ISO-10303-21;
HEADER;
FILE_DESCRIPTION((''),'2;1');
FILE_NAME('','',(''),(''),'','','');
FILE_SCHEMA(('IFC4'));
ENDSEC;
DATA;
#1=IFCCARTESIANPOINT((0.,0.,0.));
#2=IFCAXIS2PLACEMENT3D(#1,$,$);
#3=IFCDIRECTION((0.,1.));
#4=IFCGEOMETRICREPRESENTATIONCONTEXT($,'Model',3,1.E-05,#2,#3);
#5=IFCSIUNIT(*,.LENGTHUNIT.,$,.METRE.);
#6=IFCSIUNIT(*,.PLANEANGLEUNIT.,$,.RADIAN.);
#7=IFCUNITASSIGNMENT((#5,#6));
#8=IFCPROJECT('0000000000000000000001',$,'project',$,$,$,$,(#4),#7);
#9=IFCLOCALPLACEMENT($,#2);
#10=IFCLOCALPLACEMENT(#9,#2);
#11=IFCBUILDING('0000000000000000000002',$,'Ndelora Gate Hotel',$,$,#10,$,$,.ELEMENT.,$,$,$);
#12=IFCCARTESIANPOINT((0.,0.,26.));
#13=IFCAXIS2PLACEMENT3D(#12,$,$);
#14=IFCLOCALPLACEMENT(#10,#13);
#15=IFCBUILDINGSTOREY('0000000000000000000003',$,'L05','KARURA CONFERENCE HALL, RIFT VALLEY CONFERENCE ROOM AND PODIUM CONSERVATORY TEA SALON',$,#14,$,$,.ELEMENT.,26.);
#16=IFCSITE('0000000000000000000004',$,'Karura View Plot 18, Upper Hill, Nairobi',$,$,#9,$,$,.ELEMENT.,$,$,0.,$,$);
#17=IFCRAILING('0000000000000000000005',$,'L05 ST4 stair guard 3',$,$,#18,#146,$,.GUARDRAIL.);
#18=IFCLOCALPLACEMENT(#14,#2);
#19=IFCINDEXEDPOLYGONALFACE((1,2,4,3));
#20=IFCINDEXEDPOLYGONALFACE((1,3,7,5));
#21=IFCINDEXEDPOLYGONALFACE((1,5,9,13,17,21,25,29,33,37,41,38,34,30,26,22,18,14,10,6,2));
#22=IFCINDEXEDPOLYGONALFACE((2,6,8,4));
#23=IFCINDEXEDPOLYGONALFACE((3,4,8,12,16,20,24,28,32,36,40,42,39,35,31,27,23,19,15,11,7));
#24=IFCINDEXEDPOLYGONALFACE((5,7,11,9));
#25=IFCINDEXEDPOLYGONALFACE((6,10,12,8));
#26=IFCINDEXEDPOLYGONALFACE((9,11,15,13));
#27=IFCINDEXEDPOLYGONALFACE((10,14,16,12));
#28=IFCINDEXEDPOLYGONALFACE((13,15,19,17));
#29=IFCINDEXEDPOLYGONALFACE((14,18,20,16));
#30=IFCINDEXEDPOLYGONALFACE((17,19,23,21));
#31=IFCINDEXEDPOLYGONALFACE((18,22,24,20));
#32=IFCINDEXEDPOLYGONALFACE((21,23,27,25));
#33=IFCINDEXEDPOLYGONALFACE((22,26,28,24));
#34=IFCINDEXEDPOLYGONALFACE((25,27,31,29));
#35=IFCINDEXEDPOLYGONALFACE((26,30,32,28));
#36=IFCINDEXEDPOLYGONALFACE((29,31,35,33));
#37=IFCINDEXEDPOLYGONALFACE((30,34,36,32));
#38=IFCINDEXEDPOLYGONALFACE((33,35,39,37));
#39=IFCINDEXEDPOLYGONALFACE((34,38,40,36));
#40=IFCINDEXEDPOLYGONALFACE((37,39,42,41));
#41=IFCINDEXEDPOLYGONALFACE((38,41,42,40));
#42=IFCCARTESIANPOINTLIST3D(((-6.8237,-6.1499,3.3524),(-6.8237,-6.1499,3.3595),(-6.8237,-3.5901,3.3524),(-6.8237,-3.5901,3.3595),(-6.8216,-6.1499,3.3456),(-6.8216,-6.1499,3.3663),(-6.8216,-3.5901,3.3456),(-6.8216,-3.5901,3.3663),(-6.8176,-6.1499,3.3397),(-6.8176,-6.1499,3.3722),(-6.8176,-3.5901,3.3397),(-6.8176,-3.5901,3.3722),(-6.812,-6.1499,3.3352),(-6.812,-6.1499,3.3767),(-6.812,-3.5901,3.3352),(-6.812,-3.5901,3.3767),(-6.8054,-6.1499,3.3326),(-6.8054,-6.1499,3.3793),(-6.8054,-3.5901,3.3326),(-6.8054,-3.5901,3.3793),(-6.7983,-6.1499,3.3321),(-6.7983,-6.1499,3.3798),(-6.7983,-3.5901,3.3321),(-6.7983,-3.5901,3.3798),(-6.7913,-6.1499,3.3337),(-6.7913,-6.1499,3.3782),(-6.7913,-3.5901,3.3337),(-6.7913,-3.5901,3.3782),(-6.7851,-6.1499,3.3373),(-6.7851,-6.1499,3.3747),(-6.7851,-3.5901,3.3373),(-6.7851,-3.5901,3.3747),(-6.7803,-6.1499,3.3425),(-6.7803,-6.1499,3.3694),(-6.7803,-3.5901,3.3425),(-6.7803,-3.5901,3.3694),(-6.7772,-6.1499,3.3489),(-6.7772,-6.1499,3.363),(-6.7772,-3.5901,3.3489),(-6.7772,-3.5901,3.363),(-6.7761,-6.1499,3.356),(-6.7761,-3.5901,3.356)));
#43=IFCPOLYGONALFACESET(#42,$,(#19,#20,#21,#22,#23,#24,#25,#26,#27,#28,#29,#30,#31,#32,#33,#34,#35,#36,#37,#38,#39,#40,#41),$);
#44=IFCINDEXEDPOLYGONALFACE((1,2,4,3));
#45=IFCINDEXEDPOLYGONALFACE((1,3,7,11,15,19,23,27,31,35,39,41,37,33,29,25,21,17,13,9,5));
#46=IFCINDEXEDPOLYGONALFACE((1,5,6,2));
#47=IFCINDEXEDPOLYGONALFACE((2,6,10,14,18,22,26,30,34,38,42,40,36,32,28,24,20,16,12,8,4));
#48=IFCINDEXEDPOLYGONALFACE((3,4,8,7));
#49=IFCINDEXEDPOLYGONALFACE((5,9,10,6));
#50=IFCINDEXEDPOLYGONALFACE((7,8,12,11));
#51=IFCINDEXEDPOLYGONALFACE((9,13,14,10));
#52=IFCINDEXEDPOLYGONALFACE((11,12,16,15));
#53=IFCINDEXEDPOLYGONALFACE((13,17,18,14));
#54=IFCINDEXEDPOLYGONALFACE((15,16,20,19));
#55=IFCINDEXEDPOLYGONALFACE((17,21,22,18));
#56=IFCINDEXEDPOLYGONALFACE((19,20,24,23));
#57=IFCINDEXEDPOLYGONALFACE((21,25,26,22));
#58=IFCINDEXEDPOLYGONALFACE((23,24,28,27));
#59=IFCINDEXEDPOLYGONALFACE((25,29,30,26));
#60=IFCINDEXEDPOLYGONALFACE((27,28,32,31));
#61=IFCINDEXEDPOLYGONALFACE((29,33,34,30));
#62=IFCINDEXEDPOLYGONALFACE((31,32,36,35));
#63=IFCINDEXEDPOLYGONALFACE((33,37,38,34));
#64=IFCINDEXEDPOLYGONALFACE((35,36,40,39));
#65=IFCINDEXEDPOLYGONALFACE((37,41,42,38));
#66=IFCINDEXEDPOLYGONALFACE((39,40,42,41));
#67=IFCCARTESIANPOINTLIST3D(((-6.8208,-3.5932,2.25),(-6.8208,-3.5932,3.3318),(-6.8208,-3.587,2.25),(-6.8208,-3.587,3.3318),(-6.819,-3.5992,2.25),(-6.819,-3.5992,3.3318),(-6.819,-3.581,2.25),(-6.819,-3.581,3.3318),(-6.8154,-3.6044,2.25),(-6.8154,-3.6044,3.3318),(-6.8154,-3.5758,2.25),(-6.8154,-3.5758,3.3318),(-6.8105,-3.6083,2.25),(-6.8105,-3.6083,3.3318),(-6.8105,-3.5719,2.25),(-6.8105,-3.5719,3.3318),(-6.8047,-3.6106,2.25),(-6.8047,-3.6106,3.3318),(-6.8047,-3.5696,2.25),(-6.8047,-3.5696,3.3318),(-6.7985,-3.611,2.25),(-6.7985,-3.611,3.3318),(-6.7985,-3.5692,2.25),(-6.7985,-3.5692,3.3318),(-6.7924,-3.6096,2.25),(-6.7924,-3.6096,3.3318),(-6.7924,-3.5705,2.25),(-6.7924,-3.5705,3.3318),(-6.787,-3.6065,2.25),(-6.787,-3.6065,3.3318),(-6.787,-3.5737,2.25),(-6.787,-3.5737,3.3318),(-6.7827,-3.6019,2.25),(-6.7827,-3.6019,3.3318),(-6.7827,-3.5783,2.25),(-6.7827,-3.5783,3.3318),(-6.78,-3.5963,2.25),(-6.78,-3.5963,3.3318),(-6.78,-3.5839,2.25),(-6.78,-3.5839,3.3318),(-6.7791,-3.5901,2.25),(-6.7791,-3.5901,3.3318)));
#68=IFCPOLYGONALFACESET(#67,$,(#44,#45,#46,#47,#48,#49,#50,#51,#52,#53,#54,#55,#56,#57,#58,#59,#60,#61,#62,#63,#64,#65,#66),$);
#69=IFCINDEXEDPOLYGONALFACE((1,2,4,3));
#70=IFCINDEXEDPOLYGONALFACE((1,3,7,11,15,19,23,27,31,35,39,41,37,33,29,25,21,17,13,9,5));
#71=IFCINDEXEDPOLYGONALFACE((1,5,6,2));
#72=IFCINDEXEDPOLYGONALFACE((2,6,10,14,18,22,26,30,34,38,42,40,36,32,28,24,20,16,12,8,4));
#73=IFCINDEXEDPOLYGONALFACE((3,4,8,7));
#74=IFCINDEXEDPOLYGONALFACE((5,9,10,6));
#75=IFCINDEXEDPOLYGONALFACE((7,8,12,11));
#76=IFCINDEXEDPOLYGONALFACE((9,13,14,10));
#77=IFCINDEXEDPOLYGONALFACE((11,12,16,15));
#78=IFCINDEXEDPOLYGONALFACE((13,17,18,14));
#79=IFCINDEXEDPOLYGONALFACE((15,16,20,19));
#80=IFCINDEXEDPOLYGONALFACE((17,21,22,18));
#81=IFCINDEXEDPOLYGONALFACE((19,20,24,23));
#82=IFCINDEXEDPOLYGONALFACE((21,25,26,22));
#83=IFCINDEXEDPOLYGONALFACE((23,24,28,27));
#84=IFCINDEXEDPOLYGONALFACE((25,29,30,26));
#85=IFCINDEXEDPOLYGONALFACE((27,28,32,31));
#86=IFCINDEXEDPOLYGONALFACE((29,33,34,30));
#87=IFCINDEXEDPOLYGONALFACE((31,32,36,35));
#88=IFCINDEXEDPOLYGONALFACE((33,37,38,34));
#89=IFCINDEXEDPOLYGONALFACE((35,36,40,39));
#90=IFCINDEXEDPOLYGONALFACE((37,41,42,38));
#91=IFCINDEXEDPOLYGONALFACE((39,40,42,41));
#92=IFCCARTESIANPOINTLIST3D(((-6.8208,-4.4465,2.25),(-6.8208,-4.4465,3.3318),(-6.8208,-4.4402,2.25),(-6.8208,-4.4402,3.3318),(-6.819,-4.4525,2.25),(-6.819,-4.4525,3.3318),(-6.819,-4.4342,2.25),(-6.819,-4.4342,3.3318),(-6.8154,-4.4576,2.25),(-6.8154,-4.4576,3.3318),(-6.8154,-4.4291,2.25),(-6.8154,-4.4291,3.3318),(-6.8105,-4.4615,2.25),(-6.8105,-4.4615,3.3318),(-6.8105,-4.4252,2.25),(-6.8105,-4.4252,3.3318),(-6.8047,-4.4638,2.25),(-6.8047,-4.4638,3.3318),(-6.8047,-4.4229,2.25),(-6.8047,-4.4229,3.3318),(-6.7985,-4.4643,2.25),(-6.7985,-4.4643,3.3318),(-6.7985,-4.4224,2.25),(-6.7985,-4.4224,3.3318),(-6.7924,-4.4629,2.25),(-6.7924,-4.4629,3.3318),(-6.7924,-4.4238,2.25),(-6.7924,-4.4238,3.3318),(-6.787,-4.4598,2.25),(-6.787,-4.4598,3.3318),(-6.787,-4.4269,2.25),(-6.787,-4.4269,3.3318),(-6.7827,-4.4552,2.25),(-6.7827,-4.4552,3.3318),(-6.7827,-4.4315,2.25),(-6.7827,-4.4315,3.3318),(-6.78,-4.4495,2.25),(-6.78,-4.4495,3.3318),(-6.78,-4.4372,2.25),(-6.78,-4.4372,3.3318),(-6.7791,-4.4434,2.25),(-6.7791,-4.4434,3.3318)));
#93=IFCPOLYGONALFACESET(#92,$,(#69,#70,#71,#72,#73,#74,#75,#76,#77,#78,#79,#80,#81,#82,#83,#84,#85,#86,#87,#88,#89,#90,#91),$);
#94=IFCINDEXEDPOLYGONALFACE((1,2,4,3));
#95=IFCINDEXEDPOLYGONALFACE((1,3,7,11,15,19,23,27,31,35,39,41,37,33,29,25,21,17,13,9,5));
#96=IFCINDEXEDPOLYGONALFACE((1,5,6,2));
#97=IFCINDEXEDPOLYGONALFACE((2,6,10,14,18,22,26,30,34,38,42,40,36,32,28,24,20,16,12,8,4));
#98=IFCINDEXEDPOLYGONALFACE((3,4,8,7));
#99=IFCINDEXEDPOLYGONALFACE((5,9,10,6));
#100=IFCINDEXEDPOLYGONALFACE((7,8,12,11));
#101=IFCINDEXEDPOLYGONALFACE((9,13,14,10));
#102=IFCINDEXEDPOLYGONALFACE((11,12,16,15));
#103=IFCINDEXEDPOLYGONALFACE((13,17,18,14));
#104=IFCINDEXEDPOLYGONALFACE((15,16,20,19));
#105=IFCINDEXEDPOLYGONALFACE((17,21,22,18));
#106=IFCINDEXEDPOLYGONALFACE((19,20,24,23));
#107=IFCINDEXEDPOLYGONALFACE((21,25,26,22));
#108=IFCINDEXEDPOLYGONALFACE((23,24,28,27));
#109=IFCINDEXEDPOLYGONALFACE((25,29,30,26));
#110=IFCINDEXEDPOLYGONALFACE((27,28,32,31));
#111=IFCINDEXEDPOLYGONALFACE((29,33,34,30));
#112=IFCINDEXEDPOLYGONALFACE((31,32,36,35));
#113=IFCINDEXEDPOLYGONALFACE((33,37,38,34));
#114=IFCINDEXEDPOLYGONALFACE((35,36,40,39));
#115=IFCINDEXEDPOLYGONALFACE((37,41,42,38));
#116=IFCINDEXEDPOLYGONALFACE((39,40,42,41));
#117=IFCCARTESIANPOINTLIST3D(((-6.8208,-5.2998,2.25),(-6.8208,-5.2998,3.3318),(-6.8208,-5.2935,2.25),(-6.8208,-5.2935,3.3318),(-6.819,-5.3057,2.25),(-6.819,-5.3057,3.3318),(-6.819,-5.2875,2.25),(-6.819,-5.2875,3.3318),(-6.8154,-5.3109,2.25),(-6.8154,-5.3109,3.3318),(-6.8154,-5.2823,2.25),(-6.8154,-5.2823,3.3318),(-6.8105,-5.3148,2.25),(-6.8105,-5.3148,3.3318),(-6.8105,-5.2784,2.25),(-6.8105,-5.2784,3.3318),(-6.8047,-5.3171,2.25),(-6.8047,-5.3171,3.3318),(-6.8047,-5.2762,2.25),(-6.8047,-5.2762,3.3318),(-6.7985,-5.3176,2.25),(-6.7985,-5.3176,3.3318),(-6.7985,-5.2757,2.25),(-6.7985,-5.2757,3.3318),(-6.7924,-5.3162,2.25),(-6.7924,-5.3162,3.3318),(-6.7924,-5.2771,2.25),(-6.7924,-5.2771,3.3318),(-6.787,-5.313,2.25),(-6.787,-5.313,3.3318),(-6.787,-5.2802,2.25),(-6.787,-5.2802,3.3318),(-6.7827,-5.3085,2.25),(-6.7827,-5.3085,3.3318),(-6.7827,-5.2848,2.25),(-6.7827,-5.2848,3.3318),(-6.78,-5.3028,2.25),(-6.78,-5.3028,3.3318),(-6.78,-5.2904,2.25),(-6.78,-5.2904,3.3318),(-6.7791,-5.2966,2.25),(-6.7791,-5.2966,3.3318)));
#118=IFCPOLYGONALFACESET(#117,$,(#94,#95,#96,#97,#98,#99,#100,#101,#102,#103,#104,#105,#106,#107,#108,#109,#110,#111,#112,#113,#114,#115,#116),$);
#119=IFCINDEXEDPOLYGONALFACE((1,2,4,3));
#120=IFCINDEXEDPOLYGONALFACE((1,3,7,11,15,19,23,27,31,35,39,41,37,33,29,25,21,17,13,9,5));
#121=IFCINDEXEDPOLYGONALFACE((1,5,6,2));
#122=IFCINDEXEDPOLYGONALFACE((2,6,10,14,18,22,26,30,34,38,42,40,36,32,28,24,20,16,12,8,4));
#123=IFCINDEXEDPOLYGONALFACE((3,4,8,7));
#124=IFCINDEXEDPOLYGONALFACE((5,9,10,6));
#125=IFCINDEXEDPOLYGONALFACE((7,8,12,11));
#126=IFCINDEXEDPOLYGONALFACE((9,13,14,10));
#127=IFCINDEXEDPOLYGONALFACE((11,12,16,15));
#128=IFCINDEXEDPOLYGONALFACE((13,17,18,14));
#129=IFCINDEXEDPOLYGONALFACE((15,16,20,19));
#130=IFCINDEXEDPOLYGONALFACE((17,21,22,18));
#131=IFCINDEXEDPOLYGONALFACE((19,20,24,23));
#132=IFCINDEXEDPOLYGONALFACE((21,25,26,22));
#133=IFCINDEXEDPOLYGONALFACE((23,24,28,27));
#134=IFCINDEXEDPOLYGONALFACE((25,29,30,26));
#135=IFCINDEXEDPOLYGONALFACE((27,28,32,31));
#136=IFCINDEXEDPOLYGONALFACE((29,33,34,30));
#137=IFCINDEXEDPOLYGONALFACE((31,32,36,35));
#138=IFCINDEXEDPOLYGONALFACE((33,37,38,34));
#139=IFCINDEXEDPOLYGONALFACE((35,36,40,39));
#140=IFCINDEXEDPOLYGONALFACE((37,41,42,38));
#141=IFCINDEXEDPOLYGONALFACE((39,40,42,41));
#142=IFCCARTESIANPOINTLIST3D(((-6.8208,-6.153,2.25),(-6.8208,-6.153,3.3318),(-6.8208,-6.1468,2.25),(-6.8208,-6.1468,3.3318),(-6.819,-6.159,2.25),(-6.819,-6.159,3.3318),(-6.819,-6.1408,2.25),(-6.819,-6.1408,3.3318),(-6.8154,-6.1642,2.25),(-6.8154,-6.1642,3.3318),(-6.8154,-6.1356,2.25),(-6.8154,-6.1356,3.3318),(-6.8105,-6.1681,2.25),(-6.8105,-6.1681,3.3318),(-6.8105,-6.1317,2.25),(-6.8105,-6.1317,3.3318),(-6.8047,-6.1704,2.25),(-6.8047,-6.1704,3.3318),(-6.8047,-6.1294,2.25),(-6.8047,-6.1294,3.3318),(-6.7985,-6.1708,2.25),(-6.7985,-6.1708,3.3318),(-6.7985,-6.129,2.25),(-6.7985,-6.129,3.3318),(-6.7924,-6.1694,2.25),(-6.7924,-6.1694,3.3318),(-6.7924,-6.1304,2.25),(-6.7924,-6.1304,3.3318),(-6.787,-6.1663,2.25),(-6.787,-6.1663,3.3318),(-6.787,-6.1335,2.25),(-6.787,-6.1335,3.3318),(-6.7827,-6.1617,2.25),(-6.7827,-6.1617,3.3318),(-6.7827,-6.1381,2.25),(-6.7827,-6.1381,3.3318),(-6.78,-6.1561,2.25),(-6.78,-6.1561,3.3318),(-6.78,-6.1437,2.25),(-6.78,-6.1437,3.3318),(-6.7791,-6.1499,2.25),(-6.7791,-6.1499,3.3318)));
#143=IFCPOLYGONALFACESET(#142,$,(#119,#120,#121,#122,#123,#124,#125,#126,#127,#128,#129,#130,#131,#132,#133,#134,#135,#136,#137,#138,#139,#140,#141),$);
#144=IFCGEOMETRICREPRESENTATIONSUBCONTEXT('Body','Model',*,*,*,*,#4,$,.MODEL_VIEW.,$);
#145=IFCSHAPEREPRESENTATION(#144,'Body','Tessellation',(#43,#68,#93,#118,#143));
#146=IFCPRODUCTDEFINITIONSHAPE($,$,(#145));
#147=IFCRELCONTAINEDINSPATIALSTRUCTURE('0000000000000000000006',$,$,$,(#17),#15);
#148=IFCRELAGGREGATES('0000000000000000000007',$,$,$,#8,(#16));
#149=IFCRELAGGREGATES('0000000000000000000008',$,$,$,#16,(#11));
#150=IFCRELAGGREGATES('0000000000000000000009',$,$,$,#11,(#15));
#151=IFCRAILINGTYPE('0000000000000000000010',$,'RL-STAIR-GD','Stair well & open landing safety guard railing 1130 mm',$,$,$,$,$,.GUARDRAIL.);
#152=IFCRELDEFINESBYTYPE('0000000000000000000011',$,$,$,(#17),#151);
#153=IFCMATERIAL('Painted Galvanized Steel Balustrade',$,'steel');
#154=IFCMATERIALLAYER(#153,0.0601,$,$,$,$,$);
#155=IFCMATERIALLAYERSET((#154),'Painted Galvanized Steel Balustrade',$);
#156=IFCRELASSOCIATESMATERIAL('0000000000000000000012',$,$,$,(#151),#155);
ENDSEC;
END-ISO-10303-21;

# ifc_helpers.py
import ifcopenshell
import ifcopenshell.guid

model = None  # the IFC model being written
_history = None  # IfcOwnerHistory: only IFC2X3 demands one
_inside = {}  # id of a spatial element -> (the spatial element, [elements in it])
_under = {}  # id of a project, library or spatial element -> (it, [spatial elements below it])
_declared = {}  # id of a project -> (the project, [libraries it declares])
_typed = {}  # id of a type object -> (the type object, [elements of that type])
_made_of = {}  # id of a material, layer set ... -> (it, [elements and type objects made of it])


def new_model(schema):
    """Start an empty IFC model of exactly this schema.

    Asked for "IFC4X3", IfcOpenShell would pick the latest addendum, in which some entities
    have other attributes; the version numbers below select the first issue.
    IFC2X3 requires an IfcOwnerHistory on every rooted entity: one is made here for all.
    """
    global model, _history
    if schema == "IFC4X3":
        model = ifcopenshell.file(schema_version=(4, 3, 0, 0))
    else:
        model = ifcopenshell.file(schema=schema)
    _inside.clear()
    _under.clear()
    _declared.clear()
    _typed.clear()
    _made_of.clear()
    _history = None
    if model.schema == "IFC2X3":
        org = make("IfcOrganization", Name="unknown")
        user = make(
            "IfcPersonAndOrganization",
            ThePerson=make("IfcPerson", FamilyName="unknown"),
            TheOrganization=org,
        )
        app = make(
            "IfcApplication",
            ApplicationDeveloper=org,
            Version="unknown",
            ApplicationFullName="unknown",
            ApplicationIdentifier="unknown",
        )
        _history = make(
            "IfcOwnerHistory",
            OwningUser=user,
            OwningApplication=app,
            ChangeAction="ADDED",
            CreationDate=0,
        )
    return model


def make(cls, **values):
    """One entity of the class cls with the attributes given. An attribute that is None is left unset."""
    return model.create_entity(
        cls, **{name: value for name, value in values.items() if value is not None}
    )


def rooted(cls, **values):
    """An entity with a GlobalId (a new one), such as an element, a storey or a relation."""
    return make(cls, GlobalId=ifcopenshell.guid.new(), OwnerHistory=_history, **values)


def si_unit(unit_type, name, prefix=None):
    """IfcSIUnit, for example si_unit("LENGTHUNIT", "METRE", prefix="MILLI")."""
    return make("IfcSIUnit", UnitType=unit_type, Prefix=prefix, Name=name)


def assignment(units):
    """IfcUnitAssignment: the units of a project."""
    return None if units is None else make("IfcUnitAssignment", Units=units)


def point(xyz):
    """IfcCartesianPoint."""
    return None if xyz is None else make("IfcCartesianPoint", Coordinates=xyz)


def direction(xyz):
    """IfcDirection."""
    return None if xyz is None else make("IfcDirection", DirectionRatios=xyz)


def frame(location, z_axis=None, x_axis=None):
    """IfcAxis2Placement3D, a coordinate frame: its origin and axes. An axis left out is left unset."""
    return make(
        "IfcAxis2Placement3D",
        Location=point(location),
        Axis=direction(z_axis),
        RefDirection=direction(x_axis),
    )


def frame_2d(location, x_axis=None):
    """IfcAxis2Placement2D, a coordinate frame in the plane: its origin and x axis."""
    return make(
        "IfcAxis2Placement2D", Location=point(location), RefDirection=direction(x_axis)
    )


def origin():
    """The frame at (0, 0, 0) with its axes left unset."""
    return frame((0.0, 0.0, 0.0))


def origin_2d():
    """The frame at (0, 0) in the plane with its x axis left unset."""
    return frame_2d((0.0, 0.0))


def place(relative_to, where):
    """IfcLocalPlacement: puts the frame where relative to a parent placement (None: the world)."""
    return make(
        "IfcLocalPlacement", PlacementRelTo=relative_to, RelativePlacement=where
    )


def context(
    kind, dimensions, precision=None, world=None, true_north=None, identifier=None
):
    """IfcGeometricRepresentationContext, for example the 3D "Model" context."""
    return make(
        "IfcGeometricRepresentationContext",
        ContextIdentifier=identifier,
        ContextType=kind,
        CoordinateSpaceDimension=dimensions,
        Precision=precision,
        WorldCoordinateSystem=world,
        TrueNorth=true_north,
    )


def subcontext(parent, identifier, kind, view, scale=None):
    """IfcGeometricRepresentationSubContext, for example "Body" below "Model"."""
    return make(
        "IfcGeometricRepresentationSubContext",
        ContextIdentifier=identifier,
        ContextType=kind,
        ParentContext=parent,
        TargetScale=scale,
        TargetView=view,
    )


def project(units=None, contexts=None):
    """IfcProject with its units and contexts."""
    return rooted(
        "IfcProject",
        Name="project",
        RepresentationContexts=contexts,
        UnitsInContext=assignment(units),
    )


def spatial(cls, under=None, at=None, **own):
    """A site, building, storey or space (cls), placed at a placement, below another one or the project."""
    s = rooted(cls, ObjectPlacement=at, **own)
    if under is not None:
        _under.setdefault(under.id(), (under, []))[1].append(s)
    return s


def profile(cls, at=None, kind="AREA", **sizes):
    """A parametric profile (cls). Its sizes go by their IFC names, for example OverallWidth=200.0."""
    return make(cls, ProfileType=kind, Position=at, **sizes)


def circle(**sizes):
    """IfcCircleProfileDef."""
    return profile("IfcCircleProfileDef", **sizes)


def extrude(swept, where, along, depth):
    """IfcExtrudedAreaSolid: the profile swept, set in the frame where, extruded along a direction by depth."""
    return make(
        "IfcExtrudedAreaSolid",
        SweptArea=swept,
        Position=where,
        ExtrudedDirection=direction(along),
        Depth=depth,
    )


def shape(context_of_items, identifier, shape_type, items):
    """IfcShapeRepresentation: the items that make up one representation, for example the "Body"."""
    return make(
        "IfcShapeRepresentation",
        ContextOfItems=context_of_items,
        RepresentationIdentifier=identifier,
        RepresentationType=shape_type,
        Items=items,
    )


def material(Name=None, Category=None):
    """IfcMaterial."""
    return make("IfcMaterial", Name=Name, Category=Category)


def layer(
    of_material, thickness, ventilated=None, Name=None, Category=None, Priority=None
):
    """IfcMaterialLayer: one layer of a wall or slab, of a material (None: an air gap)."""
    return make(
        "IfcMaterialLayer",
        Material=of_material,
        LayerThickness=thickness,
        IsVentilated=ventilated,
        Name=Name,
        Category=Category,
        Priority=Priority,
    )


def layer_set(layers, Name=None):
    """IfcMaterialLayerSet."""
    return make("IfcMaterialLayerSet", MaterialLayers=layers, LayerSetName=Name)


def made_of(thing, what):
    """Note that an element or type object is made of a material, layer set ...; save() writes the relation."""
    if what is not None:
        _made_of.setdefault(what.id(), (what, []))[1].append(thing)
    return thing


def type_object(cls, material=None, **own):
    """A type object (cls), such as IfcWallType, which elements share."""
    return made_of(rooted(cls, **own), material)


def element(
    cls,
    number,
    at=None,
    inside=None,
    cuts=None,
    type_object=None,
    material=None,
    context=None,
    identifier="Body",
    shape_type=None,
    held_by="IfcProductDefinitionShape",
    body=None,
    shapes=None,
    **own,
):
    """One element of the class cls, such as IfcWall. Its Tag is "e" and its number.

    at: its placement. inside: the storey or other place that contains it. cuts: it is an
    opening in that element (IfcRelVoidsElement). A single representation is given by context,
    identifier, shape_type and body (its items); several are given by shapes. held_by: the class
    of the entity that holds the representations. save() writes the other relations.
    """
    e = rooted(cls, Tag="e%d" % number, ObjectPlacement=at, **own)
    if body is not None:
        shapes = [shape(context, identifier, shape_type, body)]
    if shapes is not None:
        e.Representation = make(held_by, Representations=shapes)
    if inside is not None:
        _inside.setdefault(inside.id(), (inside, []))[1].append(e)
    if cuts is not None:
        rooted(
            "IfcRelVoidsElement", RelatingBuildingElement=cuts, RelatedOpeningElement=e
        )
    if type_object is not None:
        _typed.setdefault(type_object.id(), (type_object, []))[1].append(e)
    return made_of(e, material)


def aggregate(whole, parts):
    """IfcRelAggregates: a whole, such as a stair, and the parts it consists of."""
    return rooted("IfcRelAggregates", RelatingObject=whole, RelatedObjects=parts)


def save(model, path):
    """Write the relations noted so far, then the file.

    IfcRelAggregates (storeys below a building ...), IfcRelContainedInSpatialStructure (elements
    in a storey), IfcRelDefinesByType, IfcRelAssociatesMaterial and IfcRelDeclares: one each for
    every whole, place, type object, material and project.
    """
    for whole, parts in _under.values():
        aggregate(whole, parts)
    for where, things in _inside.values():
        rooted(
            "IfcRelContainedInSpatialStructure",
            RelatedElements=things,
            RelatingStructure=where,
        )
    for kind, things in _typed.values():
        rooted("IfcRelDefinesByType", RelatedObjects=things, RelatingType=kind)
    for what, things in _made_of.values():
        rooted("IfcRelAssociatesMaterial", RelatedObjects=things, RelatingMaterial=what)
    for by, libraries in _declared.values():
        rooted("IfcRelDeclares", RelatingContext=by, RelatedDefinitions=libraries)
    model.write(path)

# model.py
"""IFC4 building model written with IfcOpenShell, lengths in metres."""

from ifc_helpers import new_model, si_unit, direction, frame, origin, origin_2d, place, context, subcontext, project, spatial, circle, extrude, material, layer, layer_set, type_object, element, save


model = new_model("IFC4")

# Units and contexts
model_context = context("Model", 3, precision=1e-05, world=origin(), true_north=direction((0.0, 1.0)))
body_context = subcontext(model_context, "Body", "Model", "MODEL_VIEW")
ifc_project = project(units=[si_unit("LENGTHUNIT", "METRE"), si_unit("PLANEANGLEUNIT", "RADIAN")], contexts=[model_context])

# Site, building, storey
site_placement = place(None, origin())
site = spatial("IfcSite", under=ifc_project, at=site_placement, Name="Karura View Plot 18, Upper Hill, Nairobi", CompositionType="ELEMENT", RefElevation=0.0)
building_placement = place(site_placement, origin())
building = spatial("IfcBuilding", under=site, at=building_placement, Name="Ndelora Gate Hotel", CompositionType="ELEMENT")
storey_placement = place(building_placement, frame((0.0, 0.0, 26.0)))
storey = spatial("IfcBuildingStorey", under=building, at=storey_placement, Name="L05", Description="KARURA CONFERENCE HALL, RIFT VALLEY CONFERENCE ROOM AND PODIUM CONSERVATORY TEA SALON", CompositionType="ELEMENT", Elevation=26.0)

# Railing
ifc_material_1 = material(Name="Painted Galvanized Steel Balustrade", Category="steel")
ifc_layer_1 = layer(ifc_material_1, 0.0601)
ifc_layer_set_1 = layer_set([ifc_layer_1], Name="Painted Galvanized Steel Balustrade")
railing_type = type_object("IfcRailingType", Name="RL-STAIR-GD", Description="Stair well & open landing safety guard railing 1130 mm", PredefinedType="GUARDRAIL", material=ifc_layer_set_1)
railing_1_placement = place(storey_placement, frame((-6.8, -3.5901, 2.25)))
element("IfcRailing", 1, at=railing_1_placement, inside=storey, type_object=railing_type, Name="L05 ST4 stair guard 3", PredefinedType="GUARDRAIL", context=body_context, shape_type="SweptSolid", body=[
    extrude(circle(Radius=0.0239, at=origin_2d()), frame((0.0, 0.0, 1.106), z_axis=(0.0, -1.0, 0.0), x_axis=(1.0, 0.0, 0.0)), (0.0, 0.0, 1.0), 2.5598),
    extrude(circle(Radius=0.021, at=origin_2d()), origin(), (0.0, 0.0, 1.0), 1.0818),
    extrude(circle(Radius=0.021, at=origin_2d()), frame((0.0, -0.8533, 0.0)), (0.0, 0.0, 1.0), 1.0818),
    extrude(circle(Radius=0.021, at=origin_2d()), frame((0.0, -1.7065, 0.0)), (0.0, 0.0, 1.0), 1.0818),
    extrude(circle(Radius=0.021, at=origin_2d()), frame((0.0, -2.5598, 0.0)), (0.0, 0.0, 1.0), 1.0818),
])

save(model, "model.ifc")
